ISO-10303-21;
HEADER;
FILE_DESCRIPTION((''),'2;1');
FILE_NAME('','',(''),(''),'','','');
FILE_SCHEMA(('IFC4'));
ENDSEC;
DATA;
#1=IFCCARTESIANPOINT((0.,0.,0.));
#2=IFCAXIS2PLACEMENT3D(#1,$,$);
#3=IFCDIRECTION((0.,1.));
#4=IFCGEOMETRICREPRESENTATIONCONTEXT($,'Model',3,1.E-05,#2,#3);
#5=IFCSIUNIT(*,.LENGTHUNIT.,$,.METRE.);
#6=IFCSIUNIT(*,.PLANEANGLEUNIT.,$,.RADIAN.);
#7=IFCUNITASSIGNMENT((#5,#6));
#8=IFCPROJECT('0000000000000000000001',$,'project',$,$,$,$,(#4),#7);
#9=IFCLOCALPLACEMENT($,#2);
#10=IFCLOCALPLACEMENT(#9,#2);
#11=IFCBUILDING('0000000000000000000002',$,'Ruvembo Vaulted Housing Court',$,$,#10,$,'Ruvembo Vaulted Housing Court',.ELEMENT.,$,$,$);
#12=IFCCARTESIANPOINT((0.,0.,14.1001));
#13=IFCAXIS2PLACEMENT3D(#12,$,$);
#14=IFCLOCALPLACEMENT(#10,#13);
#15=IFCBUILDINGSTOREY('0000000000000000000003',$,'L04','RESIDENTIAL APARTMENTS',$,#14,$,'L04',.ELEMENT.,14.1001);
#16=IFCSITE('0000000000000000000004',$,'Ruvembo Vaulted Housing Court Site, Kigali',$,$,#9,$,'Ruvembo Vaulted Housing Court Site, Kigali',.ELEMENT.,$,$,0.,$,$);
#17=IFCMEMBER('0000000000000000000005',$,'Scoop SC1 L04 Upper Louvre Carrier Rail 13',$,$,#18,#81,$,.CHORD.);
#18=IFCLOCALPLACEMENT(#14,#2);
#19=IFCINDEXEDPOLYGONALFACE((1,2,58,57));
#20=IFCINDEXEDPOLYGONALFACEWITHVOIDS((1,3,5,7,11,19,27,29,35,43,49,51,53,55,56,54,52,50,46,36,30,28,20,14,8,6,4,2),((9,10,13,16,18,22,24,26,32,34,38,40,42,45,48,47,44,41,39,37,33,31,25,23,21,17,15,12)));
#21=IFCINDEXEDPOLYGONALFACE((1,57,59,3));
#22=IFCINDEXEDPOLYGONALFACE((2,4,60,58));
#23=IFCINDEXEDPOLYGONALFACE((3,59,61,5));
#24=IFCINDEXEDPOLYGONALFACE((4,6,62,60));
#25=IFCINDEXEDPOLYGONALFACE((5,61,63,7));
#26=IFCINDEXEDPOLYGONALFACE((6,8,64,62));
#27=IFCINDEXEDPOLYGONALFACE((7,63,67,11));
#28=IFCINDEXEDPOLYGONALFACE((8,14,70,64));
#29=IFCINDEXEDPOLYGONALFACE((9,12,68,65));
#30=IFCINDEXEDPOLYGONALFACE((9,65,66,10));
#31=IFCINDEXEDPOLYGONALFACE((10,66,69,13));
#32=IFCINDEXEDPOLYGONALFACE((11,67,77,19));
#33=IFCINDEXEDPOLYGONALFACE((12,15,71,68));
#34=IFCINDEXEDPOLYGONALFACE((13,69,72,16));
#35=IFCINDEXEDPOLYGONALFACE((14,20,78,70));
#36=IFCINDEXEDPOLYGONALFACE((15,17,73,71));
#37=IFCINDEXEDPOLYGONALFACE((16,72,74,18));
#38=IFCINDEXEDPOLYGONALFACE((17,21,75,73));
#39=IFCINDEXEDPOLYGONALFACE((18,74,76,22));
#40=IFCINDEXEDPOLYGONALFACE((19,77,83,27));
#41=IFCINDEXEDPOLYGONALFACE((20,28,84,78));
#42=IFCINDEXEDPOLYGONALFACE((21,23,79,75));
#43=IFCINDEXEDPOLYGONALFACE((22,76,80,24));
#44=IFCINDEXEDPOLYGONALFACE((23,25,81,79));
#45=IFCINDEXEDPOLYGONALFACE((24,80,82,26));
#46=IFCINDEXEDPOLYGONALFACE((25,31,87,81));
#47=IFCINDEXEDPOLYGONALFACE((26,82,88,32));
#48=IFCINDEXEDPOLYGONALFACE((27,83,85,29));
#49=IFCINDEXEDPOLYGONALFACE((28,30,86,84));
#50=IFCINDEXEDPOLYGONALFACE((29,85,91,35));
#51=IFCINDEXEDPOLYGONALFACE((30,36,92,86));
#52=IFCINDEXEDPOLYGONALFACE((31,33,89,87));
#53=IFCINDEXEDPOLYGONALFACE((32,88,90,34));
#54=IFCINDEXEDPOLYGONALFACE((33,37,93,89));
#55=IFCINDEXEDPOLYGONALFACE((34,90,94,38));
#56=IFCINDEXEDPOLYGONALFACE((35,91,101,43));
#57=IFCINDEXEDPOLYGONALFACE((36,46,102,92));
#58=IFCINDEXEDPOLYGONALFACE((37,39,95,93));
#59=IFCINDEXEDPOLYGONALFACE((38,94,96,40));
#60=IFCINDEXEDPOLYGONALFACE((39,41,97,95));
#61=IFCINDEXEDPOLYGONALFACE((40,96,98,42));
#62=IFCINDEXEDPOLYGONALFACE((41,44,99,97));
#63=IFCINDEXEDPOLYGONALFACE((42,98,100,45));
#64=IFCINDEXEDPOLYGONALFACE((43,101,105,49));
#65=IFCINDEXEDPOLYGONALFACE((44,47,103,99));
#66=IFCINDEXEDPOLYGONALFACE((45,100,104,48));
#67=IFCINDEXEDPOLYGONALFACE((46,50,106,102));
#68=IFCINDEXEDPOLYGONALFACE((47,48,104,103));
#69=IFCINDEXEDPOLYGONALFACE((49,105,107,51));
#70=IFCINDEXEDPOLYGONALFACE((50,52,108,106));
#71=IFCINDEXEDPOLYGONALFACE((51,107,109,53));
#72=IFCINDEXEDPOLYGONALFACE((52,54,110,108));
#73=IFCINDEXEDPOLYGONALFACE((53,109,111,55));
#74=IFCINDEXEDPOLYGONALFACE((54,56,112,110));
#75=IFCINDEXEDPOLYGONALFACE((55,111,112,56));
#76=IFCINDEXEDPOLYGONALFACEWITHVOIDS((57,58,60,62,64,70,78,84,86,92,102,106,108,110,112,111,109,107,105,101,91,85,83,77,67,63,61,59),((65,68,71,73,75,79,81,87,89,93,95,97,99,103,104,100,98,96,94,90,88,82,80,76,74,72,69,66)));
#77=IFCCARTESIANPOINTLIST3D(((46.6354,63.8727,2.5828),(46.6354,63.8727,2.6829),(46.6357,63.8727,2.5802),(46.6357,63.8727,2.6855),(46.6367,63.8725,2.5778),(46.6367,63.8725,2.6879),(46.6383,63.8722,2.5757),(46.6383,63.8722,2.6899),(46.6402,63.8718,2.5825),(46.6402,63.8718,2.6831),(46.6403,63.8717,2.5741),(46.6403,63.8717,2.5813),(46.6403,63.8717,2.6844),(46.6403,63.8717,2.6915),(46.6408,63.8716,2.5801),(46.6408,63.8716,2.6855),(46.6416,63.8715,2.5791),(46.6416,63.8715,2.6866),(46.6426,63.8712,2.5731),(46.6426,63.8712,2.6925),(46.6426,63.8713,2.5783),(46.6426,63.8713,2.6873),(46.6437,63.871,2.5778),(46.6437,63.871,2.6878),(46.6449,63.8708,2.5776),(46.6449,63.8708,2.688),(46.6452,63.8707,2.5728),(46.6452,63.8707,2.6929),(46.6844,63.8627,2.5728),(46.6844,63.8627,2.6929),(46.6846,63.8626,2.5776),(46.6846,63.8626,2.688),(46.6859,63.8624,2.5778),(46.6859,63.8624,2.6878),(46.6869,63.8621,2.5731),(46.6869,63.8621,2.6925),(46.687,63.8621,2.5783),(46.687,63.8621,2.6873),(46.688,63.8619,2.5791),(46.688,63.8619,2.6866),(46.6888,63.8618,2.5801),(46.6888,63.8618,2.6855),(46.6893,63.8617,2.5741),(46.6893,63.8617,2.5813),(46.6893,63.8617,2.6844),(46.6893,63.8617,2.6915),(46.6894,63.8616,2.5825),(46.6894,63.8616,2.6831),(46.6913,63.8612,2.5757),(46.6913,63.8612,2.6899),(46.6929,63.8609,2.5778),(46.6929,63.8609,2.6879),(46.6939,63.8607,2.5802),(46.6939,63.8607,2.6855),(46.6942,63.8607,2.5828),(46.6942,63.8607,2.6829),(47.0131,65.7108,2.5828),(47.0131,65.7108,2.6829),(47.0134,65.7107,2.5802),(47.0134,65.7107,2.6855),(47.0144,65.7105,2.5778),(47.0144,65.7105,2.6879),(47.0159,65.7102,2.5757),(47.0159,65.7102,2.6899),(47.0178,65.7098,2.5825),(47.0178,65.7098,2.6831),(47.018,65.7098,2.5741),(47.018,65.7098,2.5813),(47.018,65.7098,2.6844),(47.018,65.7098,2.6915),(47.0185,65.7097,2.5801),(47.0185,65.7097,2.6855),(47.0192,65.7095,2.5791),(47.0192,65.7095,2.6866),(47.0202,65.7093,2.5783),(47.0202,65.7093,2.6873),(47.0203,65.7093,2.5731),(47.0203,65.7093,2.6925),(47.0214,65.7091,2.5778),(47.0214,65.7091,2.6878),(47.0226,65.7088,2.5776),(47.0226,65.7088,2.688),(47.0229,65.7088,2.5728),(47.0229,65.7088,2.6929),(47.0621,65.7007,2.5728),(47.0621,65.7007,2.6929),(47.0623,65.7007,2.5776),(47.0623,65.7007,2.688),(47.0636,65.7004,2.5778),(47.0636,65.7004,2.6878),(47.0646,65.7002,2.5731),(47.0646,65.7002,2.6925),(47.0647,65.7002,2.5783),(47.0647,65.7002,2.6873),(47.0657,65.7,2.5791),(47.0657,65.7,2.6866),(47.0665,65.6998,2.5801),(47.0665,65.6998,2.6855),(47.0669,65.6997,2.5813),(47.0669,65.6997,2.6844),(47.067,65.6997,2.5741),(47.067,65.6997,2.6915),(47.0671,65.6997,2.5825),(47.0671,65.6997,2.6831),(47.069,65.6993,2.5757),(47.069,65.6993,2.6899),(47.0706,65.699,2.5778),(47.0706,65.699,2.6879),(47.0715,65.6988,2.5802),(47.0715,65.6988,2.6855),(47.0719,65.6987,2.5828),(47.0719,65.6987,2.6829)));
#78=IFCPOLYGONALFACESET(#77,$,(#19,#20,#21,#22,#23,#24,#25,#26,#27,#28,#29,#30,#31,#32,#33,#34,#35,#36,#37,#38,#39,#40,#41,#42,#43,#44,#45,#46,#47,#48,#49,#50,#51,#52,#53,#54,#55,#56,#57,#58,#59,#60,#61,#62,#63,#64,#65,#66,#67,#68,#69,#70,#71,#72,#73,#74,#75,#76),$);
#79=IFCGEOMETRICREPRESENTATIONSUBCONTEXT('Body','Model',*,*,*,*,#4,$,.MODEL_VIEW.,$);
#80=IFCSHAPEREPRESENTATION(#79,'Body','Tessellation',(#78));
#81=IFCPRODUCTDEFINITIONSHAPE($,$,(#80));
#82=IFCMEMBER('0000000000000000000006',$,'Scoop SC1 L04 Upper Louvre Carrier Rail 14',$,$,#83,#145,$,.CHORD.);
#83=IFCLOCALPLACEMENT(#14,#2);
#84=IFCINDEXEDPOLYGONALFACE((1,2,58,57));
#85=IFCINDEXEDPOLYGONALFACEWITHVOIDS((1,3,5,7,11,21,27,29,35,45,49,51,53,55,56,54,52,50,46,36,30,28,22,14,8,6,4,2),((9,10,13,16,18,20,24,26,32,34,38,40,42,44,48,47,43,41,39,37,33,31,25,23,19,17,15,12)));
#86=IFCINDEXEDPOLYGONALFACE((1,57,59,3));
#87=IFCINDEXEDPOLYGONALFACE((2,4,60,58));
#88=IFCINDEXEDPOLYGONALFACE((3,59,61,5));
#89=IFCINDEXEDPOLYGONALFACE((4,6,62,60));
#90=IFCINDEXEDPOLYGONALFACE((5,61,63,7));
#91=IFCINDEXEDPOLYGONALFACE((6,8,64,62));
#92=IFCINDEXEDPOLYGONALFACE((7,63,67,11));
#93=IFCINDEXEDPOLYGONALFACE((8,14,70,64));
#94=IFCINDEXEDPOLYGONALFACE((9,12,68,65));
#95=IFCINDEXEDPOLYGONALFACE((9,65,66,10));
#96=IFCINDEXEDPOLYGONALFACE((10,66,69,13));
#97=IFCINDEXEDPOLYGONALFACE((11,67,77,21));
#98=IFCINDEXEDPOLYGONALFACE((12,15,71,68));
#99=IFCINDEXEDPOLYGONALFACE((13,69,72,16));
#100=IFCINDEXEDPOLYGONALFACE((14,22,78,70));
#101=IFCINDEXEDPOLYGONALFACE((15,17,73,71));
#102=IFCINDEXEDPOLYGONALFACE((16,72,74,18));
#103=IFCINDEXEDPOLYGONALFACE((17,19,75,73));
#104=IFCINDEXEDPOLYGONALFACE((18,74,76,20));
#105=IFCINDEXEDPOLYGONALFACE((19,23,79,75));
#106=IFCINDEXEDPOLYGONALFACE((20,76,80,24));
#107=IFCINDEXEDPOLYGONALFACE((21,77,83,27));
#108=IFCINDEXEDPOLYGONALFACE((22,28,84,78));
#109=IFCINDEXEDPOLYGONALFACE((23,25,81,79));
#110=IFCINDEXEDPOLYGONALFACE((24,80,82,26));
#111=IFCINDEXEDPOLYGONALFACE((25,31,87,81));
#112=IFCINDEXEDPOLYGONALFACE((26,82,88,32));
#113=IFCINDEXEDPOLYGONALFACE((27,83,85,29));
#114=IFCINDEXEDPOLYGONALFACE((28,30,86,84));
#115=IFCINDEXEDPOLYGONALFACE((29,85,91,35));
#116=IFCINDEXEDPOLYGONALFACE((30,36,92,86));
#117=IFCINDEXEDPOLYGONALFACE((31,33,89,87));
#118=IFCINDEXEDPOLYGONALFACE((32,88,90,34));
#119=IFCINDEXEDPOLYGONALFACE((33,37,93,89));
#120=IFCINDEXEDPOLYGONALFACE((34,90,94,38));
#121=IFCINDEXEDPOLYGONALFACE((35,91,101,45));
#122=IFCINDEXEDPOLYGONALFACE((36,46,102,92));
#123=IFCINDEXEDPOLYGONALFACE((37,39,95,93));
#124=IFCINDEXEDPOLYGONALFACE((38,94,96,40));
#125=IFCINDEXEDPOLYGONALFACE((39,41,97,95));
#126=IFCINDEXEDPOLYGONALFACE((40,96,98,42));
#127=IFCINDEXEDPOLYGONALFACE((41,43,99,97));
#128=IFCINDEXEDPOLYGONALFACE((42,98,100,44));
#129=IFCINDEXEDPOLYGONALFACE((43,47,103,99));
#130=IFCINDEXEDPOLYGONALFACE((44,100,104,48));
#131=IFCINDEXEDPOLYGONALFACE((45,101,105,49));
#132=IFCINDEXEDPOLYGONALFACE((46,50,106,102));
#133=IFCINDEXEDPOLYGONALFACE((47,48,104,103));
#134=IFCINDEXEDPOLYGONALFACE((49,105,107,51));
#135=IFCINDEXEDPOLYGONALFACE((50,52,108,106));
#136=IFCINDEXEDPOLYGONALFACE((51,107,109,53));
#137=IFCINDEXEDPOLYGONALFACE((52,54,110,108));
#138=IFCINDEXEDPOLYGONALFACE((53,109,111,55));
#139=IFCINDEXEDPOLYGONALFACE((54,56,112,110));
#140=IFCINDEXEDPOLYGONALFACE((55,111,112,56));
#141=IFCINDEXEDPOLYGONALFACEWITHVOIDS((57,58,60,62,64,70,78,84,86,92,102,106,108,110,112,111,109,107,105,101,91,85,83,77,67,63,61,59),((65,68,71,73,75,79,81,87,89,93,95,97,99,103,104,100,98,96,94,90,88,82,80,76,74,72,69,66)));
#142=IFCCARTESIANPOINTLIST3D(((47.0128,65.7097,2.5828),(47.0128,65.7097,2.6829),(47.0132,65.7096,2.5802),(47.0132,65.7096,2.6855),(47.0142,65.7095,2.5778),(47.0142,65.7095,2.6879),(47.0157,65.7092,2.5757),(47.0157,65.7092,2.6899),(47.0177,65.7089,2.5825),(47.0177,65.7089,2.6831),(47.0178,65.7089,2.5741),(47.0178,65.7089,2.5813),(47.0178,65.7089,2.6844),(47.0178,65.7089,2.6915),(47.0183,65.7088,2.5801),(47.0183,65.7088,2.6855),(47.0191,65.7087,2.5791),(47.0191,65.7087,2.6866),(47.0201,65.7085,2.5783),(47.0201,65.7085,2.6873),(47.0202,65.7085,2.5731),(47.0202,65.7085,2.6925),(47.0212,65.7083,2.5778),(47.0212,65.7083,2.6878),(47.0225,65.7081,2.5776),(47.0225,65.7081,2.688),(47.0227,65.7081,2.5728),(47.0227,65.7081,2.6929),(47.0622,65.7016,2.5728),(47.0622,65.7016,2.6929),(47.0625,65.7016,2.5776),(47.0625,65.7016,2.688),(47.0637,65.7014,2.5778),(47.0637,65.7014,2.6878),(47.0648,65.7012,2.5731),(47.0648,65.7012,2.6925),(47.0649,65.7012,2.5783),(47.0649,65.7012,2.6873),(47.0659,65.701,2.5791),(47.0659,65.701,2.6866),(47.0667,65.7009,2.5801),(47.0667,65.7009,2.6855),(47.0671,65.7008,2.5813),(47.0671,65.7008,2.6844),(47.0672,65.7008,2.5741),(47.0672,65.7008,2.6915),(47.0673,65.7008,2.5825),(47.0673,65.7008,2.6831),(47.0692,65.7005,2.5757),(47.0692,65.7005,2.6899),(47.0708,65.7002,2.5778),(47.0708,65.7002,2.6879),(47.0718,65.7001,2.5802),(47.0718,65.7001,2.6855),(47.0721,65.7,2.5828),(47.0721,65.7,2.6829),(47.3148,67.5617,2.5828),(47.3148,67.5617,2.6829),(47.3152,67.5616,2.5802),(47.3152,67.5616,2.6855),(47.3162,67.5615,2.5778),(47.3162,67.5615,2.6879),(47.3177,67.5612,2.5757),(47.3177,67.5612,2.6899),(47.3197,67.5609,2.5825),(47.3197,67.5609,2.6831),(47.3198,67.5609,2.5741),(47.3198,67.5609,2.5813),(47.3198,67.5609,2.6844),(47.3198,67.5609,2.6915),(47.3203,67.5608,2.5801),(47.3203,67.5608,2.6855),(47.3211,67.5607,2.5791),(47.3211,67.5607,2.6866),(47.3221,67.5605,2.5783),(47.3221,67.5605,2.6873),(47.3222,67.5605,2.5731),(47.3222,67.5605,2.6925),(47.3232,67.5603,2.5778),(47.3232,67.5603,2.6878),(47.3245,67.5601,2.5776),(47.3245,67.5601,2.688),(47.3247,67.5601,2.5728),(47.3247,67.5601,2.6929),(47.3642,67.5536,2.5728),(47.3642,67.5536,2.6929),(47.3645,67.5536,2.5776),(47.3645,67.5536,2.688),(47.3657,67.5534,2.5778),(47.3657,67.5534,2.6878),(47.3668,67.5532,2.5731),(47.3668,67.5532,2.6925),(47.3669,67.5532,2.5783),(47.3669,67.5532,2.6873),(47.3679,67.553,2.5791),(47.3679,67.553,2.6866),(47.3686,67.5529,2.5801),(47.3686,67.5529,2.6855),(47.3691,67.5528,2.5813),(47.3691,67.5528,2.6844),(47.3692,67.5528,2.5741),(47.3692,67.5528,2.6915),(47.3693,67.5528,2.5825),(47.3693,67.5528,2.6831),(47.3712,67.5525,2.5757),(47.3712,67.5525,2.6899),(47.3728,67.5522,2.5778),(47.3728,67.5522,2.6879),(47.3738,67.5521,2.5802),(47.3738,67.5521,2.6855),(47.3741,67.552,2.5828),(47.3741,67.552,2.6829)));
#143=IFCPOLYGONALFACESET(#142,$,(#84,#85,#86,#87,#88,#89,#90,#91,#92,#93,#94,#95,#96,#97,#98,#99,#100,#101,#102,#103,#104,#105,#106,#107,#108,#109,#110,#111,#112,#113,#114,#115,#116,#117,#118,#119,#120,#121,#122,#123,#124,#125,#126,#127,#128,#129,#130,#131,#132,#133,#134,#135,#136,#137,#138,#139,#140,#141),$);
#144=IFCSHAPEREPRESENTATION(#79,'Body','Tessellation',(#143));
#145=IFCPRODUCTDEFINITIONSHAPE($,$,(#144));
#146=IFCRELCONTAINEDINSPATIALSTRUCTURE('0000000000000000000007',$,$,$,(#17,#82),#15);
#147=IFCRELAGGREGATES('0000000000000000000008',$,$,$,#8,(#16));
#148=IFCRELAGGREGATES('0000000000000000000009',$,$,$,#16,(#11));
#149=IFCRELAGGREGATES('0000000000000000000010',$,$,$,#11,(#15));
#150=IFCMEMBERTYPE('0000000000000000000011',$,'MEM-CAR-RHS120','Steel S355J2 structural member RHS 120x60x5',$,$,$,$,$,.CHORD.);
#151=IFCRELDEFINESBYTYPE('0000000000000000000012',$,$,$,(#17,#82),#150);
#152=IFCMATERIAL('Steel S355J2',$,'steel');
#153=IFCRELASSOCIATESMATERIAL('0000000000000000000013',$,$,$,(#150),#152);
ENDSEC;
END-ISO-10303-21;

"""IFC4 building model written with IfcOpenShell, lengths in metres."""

from ifc_helpers import new_model, si_unit, direction, frame, origin, origin_2d, place, context, subcontext, project, spatial, hollow_rectangle, extrude, material, material_profile, profile_set, type_object, element, save


model = new_model("IFC4")

# Units and contexts
model_context = context("Model", 3, precision=1e-05, world=origin(), true_north=direction((0.0, 1.0)))
body_context = subcontext(model_context, "Body", "Model", "MODEL_VIEW")
ifc_project = project(units=[si_unit("LENGTHUNIT", "METRE"), si_unit("PLANEANGLEUNIT", "RADIAN")], contexts=[model_context])

# Site, building, storey
site_placement = place(None, origin())
site = spatial("IfcSite", under=ifc_project, at=site_placement, Name="Ruvembo Vaulted Housing Court Site, Kigali", LongName="Ruvembo Vaulted Housing Court Site, Kigali", CompositionType="ELEMENT", RefElevation=0.0)
building_placement = place(site_placement, origin())
building = spatial("IfcBuilding", under=site, at=building_placement, Name="Ruvembo Vaulted Housing Court", LongName="Ruvembo Vaulted Housing Court", CompositionType="ELEMENT")
storey_placement = place(building_placement, frame((0.0, 0.0, 14.1001)))
storey = spatial("IfcBuildingStorey", under=building, at=storey_placement, Name="L04", Description="RESIDENTIAL APARTMENTS", LongName="L04", CompositionType="ELEMENT", Elevation=14.1001)

# Shared definitions
ifc_material_1 = material(Name="Steel S355J2", Category="steel")

# Members
ifc_material_profile_1 = material_profile(ifc_material_1, hollow_rectangle(XDim=0.0601, YDim=0.1201, WallThickness=0.0049, InnerFilletRadius=0.0049, OuterFilletRadius=0.01, at=origin_2d()), Name="RHS 120x60x5")
ifc_profile_set_1 = profile_set([ifc_material_profile_1], Name="Steel S355J2")
member_type_1 = type_object("IfcMemberType", Name="MEM-CAR-RHS120", Description="Steel S355J2 structural member RHS 120x60x5", PredefinedType="CHORD", material=ifc_profile_set_1)
for number, where, z_axis, x_axis, name in (
    (1, (46.6648, 63.8667, 2.6328), (0.201267, 0.979536, 0.0), (-0.979536, 0.201267, 0.0), "Scoop SC1 L04 Upper Louvre Carrier Rail 13"),
    (2, (47.0425, 65.7048, 2.6328), (0.160938, 0.986965, 0.0), (-0.986965, 0.160938, 0.0), "Scoop SC1 L04 Upper Louvre Carrier Rail 14"),
):
    element("IfcMember", number, at=place(storey_placement, frame(where, z_axis=z_axis, x_axis=x_axis)), inside=storey, type_object=member_type_1, Name=name, PredefinedType="CHORD", context=body_context, shape_type="SweptSolid", body=[
        extrude(hollow_rectangle(XDim=0.0601, YDim=0.1201, WallThickness=0.0049, InnerFilletRadius=0.0049, OuterFilletRadius=0.01, at=origin_2d()), origin(), (0.0, 0.0, 1.0), 1.8765),
    ])

save(model, "model.ifc")
